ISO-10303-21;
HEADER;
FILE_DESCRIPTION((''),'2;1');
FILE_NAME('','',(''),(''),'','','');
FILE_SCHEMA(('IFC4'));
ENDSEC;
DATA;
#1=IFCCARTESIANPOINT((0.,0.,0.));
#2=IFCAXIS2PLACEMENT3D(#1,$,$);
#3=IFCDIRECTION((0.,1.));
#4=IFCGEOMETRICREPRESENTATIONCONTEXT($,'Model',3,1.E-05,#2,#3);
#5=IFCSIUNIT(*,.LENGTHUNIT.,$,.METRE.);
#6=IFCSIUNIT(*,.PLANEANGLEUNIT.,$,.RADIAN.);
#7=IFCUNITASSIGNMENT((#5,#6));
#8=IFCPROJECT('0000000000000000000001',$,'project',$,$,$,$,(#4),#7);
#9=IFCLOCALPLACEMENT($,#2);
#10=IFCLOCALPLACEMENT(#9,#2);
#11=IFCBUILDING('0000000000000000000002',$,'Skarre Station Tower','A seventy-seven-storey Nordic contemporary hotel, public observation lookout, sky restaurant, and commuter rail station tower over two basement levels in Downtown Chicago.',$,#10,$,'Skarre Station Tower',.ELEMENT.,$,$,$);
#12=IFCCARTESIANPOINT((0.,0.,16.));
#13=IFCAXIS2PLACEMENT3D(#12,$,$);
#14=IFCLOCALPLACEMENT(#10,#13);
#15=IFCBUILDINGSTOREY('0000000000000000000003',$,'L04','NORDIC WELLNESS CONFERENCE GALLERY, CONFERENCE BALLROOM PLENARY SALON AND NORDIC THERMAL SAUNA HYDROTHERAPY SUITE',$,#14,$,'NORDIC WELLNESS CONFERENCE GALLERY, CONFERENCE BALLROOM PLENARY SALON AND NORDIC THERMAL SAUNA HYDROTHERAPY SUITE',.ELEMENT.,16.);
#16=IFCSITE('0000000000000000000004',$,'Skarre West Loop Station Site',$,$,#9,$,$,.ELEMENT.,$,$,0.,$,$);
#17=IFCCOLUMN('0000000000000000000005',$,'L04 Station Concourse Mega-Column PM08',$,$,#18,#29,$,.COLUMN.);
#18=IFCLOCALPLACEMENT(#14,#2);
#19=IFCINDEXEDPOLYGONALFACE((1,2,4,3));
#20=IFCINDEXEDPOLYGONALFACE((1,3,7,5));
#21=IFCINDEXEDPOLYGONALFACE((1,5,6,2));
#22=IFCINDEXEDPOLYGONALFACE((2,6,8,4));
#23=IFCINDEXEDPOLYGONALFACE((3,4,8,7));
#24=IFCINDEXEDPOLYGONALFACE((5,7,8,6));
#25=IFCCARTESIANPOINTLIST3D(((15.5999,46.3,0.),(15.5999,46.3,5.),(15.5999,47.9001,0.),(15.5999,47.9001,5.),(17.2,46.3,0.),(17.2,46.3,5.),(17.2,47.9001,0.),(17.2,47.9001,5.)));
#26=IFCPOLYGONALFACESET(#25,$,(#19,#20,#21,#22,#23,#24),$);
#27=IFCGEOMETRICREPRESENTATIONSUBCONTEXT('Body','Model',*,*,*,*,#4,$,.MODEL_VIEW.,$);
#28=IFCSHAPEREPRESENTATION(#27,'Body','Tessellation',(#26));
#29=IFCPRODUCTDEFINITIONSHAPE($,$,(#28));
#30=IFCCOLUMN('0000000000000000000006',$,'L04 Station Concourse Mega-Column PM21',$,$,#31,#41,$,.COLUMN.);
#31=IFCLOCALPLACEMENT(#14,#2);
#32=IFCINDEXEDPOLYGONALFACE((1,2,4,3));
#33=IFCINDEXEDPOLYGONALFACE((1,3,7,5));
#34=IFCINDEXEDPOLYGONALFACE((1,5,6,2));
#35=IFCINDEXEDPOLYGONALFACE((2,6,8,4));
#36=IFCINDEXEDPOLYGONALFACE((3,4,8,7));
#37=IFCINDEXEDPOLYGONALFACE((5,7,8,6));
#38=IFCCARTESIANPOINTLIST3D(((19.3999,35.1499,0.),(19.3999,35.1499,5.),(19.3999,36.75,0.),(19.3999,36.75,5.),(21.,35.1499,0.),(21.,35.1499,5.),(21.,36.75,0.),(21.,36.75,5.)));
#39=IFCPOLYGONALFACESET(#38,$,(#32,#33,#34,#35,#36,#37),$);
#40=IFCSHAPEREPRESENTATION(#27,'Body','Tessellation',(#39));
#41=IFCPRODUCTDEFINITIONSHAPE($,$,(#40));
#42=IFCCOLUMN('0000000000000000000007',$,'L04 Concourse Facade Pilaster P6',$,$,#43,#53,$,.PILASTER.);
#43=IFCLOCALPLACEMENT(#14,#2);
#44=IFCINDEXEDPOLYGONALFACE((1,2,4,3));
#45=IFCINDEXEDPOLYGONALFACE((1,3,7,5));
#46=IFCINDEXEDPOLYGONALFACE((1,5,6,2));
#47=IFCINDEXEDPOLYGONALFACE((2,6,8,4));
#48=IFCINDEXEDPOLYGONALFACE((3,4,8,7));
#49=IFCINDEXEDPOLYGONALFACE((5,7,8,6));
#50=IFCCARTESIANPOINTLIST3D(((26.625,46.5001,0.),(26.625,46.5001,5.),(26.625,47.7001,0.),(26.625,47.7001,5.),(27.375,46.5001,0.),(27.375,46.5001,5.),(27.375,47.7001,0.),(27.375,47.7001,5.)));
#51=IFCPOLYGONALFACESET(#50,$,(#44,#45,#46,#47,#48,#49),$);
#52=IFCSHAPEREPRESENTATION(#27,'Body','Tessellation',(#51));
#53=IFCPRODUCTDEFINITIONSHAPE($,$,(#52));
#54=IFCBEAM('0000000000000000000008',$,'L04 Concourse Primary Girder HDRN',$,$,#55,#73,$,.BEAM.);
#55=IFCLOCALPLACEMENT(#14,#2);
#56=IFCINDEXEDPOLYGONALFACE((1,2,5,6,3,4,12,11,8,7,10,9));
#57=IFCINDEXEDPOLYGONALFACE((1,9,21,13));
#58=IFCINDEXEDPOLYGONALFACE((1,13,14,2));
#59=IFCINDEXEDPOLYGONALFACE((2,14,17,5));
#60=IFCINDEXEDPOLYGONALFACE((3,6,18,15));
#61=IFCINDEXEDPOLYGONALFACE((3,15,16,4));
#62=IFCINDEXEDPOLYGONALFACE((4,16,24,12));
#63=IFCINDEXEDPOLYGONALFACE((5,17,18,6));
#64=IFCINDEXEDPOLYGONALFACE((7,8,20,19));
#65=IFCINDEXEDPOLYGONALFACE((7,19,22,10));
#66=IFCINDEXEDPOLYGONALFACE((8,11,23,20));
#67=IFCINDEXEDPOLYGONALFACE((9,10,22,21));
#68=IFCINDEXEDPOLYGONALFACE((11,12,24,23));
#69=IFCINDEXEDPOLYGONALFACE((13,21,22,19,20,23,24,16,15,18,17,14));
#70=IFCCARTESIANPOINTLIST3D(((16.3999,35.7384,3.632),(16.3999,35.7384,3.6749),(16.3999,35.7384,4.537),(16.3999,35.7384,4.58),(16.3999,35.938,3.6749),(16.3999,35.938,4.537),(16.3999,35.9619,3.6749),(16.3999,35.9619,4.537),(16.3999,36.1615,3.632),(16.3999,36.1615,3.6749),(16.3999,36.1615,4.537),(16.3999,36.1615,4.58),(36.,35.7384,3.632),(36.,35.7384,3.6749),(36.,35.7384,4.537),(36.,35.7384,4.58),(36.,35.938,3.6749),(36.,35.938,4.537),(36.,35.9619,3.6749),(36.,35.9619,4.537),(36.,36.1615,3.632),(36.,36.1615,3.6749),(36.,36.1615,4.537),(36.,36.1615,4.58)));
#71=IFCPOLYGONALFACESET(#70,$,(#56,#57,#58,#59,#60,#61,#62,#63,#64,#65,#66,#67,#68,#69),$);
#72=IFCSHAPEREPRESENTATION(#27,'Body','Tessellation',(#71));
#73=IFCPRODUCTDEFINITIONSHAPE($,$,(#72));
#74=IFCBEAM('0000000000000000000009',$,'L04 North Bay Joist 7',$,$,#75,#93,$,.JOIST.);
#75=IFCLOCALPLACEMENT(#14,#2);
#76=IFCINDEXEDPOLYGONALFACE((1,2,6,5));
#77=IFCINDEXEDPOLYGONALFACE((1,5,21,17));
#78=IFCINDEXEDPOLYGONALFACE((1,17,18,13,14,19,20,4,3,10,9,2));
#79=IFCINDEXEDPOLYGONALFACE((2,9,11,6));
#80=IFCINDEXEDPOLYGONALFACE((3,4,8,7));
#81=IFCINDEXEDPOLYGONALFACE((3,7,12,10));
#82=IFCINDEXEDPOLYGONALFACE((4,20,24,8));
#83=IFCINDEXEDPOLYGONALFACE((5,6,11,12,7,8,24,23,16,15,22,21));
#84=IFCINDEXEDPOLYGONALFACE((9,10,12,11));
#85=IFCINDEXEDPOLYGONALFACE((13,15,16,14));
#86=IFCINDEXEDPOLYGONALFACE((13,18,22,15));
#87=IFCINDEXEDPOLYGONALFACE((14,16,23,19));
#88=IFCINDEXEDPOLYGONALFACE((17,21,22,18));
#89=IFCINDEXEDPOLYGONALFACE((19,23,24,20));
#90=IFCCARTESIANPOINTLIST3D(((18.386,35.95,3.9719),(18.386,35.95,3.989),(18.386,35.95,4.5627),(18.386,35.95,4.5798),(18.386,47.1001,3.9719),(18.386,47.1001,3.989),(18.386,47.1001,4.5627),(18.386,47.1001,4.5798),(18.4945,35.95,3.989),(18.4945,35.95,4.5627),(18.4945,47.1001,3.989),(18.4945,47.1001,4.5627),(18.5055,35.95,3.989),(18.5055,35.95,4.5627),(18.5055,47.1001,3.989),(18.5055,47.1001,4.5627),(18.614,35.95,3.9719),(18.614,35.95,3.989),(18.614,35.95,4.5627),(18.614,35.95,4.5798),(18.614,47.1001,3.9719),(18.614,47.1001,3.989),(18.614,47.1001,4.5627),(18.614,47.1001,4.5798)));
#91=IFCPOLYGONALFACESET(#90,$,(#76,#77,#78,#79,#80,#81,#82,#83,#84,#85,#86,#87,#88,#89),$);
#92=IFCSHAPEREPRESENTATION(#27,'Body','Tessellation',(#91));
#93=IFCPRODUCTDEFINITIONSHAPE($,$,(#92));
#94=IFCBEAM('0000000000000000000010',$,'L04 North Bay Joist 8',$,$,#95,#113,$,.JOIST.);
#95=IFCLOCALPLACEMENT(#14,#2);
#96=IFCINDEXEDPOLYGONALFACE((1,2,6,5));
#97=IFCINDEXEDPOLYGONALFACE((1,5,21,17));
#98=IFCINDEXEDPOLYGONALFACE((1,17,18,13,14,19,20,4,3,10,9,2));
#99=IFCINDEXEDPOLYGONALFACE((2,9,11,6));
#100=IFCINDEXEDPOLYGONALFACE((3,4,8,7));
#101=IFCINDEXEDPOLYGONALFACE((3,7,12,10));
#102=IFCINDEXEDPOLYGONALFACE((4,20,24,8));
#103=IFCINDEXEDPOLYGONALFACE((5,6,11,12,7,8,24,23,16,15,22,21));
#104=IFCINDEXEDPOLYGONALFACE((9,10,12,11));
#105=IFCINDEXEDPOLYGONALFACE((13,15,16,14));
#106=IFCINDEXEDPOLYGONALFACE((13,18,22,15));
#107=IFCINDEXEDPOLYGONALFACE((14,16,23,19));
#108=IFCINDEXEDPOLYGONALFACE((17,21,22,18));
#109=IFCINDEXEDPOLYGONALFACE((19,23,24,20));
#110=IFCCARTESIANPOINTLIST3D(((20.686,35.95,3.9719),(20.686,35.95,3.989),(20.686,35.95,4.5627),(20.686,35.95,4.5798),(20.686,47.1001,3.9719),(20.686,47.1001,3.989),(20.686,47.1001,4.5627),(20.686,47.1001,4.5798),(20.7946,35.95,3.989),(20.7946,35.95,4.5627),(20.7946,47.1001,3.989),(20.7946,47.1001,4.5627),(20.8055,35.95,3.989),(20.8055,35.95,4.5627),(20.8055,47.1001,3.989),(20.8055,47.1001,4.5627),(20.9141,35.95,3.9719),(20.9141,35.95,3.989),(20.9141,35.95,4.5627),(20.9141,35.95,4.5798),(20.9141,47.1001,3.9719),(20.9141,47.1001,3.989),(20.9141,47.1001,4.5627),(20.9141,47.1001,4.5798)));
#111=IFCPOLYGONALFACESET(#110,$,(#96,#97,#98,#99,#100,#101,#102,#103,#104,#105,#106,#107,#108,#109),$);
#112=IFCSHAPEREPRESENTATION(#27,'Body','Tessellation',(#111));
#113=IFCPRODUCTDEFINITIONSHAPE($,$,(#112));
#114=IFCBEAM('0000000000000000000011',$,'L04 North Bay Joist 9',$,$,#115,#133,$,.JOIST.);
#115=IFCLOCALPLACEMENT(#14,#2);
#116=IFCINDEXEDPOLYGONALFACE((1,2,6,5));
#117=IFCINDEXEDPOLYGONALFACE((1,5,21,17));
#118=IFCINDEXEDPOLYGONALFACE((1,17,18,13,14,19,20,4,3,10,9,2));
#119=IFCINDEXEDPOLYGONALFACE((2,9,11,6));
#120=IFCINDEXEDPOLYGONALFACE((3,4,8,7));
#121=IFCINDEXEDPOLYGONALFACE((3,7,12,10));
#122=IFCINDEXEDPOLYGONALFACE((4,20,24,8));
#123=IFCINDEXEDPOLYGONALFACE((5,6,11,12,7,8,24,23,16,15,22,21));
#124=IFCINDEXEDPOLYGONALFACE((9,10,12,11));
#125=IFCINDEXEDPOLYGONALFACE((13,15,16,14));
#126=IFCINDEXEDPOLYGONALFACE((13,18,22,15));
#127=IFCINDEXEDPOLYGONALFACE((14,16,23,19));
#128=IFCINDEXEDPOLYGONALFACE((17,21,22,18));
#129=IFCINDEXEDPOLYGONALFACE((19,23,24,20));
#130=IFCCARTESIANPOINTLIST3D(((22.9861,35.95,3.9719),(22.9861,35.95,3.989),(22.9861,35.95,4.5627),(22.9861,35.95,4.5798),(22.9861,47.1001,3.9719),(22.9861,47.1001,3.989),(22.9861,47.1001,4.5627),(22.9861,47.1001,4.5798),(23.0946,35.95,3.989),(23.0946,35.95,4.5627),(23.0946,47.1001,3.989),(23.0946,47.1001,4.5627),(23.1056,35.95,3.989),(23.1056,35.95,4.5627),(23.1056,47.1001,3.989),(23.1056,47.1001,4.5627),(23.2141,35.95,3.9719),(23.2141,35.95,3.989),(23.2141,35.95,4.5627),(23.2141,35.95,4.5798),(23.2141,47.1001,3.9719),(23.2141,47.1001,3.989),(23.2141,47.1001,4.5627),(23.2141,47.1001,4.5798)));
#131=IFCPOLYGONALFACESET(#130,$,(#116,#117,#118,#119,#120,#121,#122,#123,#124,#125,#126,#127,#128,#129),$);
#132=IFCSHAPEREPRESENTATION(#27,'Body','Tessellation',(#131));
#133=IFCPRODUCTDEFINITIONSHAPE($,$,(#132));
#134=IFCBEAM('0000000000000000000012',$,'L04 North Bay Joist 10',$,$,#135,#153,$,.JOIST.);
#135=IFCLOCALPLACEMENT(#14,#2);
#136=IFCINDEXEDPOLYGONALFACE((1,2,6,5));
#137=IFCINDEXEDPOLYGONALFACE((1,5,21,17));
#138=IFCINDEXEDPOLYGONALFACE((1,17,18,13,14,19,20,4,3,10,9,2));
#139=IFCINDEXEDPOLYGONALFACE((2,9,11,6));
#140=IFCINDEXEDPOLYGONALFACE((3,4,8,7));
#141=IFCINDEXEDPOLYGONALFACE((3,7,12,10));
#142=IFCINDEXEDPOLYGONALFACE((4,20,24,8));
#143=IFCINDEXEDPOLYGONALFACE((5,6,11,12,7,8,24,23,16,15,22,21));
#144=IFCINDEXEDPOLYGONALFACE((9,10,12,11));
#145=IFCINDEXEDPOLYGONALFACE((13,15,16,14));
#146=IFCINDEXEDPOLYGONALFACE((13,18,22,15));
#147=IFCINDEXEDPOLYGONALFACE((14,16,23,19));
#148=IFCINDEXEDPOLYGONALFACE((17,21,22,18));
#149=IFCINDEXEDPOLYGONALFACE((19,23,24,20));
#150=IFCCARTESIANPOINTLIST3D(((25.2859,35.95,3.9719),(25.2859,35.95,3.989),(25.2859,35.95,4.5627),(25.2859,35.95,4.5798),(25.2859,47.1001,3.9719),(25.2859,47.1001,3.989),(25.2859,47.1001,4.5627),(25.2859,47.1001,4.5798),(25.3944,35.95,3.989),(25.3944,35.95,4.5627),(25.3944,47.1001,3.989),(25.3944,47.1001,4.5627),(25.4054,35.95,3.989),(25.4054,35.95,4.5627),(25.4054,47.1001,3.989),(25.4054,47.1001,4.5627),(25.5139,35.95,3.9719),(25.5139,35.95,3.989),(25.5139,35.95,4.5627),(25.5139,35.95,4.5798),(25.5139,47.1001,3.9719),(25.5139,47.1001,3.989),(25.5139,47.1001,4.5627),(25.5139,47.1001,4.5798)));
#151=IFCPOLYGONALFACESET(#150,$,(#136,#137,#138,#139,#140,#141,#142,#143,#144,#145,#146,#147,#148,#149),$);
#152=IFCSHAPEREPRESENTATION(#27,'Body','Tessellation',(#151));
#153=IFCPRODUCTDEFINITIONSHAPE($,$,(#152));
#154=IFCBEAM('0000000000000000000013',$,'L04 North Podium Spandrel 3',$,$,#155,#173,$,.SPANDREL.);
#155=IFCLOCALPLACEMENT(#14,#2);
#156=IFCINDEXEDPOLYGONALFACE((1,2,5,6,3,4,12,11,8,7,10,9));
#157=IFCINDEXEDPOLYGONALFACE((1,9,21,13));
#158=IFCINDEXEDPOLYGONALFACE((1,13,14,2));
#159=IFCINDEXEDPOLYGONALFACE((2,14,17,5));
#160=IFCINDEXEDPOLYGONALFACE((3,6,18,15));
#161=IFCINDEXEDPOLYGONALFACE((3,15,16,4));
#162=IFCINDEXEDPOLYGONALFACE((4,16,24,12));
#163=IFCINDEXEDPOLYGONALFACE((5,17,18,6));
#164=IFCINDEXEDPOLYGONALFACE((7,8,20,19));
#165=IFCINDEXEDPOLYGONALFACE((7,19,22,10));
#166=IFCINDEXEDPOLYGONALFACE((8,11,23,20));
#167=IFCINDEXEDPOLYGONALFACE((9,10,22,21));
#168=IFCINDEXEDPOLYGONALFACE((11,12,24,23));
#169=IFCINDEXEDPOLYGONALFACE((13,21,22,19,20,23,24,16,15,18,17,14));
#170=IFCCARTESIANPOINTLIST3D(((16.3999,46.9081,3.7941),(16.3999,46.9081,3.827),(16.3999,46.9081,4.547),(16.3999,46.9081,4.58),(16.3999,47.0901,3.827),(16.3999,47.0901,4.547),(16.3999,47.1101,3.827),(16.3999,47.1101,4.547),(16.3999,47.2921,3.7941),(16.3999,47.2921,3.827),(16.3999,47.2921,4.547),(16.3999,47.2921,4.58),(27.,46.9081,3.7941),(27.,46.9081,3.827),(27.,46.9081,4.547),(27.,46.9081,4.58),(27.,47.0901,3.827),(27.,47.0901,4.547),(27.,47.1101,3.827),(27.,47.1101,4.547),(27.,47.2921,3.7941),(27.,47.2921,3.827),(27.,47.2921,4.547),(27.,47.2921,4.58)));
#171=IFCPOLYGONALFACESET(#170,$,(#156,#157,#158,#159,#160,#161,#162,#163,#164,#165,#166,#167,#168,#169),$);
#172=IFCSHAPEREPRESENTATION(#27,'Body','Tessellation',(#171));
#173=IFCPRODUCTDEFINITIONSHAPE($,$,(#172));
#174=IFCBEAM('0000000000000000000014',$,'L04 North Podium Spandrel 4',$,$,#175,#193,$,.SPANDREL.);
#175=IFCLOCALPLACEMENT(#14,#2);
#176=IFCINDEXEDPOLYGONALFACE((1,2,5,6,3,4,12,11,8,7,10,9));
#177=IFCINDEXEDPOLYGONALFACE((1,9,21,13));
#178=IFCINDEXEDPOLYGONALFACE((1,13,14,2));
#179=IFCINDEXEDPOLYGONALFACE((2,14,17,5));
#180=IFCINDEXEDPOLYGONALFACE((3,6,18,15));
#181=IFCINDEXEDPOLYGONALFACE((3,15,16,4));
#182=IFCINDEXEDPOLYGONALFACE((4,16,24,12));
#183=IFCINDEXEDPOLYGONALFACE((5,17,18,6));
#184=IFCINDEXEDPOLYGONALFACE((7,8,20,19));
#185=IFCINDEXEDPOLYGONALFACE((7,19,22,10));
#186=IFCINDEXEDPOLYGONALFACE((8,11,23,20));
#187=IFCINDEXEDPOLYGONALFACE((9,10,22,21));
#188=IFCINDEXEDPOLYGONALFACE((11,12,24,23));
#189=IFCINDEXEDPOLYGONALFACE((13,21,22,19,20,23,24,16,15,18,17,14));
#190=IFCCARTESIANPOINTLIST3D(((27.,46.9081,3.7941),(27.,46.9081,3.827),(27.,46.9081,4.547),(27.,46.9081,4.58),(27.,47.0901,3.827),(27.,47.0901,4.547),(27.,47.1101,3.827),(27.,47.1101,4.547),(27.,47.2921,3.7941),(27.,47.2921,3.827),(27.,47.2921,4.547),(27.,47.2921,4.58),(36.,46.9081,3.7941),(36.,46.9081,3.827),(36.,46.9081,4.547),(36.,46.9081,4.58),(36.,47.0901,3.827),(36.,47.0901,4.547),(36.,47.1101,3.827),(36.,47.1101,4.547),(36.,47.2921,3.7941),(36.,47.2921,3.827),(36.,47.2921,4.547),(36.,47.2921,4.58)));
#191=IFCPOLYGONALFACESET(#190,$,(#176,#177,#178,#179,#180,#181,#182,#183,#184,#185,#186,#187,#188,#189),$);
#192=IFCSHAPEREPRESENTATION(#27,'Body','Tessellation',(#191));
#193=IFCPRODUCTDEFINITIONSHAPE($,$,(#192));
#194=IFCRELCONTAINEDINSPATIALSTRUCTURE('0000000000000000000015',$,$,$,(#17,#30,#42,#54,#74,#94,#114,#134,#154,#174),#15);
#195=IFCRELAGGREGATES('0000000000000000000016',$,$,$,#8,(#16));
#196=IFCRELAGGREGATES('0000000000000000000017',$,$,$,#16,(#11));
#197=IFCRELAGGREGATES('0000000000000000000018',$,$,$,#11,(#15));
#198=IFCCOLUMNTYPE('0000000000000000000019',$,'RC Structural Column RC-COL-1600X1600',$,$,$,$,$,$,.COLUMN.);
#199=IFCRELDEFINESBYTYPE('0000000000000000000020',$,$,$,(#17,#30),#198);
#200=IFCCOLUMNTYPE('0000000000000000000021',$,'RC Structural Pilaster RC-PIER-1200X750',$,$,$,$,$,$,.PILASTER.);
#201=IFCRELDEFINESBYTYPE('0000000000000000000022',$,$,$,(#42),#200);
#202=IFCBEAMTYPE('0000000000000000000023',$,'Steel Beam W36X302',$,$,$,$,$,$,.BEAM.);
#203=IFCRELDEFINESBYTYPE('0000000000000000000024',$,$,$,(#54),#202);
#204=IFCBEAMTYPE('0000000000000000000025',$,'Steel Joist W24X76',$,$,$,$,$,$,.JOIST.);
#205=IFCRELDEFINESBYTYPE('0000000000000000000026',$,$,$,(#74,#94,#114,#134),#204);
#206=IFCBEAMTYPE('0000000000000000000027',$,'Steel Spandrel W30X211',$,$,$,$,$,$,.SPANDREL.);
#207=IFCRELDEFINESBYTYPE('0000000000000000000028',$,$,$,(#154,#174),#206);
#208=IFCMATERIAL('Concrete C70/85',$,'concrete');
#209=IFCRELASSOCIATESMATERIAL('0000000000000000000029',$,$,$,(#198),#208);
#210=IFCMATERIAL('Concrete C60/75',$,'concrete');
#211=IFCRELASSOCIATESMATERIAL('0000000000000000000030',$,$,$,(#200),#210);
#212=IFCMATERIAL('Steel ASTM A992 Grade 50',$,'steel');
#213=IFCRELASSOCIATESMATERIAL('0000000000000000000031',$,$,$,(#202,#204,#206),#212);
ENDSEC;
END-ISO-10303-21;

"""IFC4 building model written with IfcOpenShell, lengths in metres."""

from ifc_helpers import new_model, si_unit, direction, frame, origin, origin_2d, place, context, subcontext, project, spatial, rectangle, i_section, extrude, material, material_profile, profile_set, type_object, element, save


model = new_model("IFC4")

# Units and contexts
model_context = context("Model", 3, precision=1e-05, world=origin(), true_north=direction((0.0, 1.0)))
body_context = subcontext(model_context, "Body", "Model", "MODEL_VIEW")
ifc_project = project(units=[si_unit("LENGTHUNIT", "METRE"), si_unit("PLANEANGLEUNIT", "RADIAN")], contexts=[model_context])

# Site, building, storey
site_placement = place(None, origin())
site = spatial("IfcSite", under=ifc_project, at=site_placement, Name="Skarre West Loop Station Site", CompositionType="ELEMENT", RefElevation=0.0)
building_placement = place(site_placement, origin())
building = spatial("IfcBuilding", under=site, at=building_placement, Name="Skarre Station Tower", Description="A seventy-seven-storey Nordic contemporary hotel, public observation lookout, sky restaurant, and commuter rail station tower over two basement levels in Downtown Chicago.", LongName="Skarre Station Tower", CompositionType="ELEMENT")
storey_placement = place(building_placement, frame((0.0, 0.0, 16.0)))
storey = spatial("IfcBuildingStorey", under=building, at=storey_placement, Name="L04", Description="NORDIC WELLNESS CONFERENCE GALLERY, CONFERENCE BALLROOM PLENARY SALON AND NORDIC THERMAL SAUNA HYDROTHERAPY SUITE", LongName="NORDIC WELLNESS CONFERENCE GALLERY, CONFERENCE BALLROOM PLENARY SALON AND NORDIC THERMAL SAUNA HYDROTHERAPY SUITE", CompositionType="ELEMENT", Elevation=16.0)

# Columns
ifc_material_1 = material(Name="Concrete C70/85", Category="concrete")
ifc_material_profile_1 = material_profile(ifc_material_1, rectangle(XDim=1.6001, YDim=1.6001, at=origin_2d()), Name="Concrete C70/85")
ifc_profile_set_1 = profile_set([ifc_material_profile_1], Name="Concrete C70/85")
column_type_1 = type_object("IfcColumnType", Name="RC Structural Column RC-COL-1600X1600", PredefinedType="COLUMN", material=ifc_profile_set_1)
for number, where, z_axis, x_axis, name in (
    (1, (16.3999, 47.1001, 0.0), (0.0, 0.0, 1.0), (1.0, 0.0, 0.0), "L04 Station Concourse Mega-Column PM08"),
    (2, (20.2, 35.95, 0.0), (0.0, 0.0, 1.0), (1.0, 0.0, 0.0), "L04 Station Concourse Mega-Column PM21"),
):
    element("IfcColumn", number, at=place(storey_placement, frame(where, z_axis=z_axis, x_axis=x_axis)), inside=storey, type_object=column_type_1, Name=name, PredefinedType="COLUMN", context=body_context, shape_type="SweptSolid", body=[
        extrude(rectangle(XDim=1.6001, YDim=1.6001, at=origin_2d()), origin(), (0.0, 0.0, 1.0), 5.0),
    ])
ifc_material_2 = material(Name="Concrete C60/75", Category="concrete")
ifc_material_profile_2 = material_profile(ifc_material_2, rectangle(XDim=0.75, YDim=1.2, at=origin_2d()), Name="Concrete C60/75")
ifc_profile_set_2 = profile_set([ifc_material_profile_2], Name="Concrete C60/75")
column_type_2 = type_object("IfcColumnType", Name="RC Structural Pilaster RC-PIER-1200X750", PredefinedType="PILASTER", material=ifc_profile_set_2)
column_placement = place(storey_placement, frame((27.0, 47.1001, 0.0), z_axis=(0.0, 0.0, 1.0), x_axis=(1.0, 0.0, 0.0)))
element("IfcColumn", 3, at=column_placement, inside=storey, type_object=column_type_2, Name="L04 Concourse Facade Pilaster P6", PredefinedType="PILASTER", context=body_context, shape_type="SweptSolid", body=[
    extrude(rectangle(XDim=0.75, YDim=1.2, at=origin_2d()), origin(), (0.0, 0.0, 1.0), 5.0),
])

# Beams
ifc_material_3 = material(Name="Steel ASTM A992 Grade 50", Category="steel")
ifc_material_profile_3 = material_profile(ifc_material_3, i_section(OverallWidth=0.4231, OverallDepth=0.948, WebThickness=0.0239, FlangeThickness=0.043, at=origin_2d()), Name="Steel ASTM A992 Grade 50")
ifc_profile_set_3 = profile_set([ifc_material_profile_3], Name="Steel ASTM A992 Grade 50")
beam_type_1 = type_object("IfcBeamType", Name="Steel Beam W36X302", PredefinedType="BEAM", material=ifc_profile_set_3)
beam_1_placement = place(storey_placement, frame((16.3999, 35.95, 4.106), z_axis=(1.0, 0.0, 0.0), x_axis=(0.0, 1.0, 0.0)))
element("IfcBeam", 4, at=beam_1_placement, inside=storey, type_object=beam_type_1, Name="L04 Concourse Primary Girder HDRN", PredefinedType="BEAM", context=body_context, shape_type="SweptSolid", body=[
    extrude(i_section(OverallWidth=0.4231, OverallDepth=0.948, WebThickness=0.0239, FlangeThickness=0.043, at=origin_2d()), origin(), (0.0, 0.0, 1.0), 19.6001),
])
ifc_material_profile_4 = material_profile(ifc_material_3, i_section(OverallWidth=0.228, OverallDepth=0.6079, WebThickness=0.011, FlangeThickness=0.0171, at=origin_2d()), Name="Steel ASTM A992 Grade 50")
ifc_profile_set_4 = profile_set([ifc_material_profile_4], Name="Steel ASTM A992 Grade 50")
beam_type_2 = type_object("IfcBeamType", Name="Steel Joist W24X76", PredefinedType="JOIST", material=ifc_profile_set_4)
for number, where, z_axis, x_axis, name in (
    (5, (18.5, 35.95, 4.2759), (0.0, 1.0, 0.0), (-1.0, 0.0, 0.0), "L04 North Bay Joist 7"),
    (6, (20.8, 35.95, 4.2759), (0.0, 1.0, 0.0), (-1.0, 0.0, 0.0), "L04 North Bay Joist 8"),
    (7, (23.1001, 35.95, 4.2759), (0.0, 1.0, 0.0), (-1.0, 0.0, 0.0), "L04 North Bay Joist 9"),
    (8, (25.3999, 35.95, 4.2759), (0.0, 1.0, 0.0), (-1.0, 0.0, 0.0), "L04 North Bay Joist 10"),
):
    element("IfcBeam", number, at=place(storey_placement, frame(where, z_axis=z_axis, x_axis=x_axis)), inside=storey, type_object=beam_type_2, Name=name, PredefinedType="JOIST", context=body_context, shape_type="SweptSolid", body=[
        extrude(i_section(OverallWidth=0.228, OverallDepth=0.6079, WebThickness=0.011, FlangeThickness=0.0171, at=origin_2d()), origin(), (0.0, 0.0, 1.0), 11.1501),
    ])
ifc_material_profile_5 = material_profile(ifc_material_3, i_section(OverallWidth=0.384, OverallDepth=0.7859, WebThickness=0.02, FlangeThickness=0.033, at=origin_2d()), Name="Steel ASTM A992 Grade 50")
ifc_profile_set_5 = profile_set([ifc_material_profile_5], Name="Steel ASTM A992 Grade 50")
beam_type_3 = type_object("IfcBeamType", Name="Steel Spandrel W30X211", PredefinedType="SPANDREL", material=ifc_profile_set_5)
beam_2_placement = place(storey_placement, frame((16.3999, 47.1001, 4.187), z_axis=(1.0, 0.0, 0.0), x_axis=(0.0, 1.0, 0.0)))
element("IfcBeam", 9, at=beam_2_placement, inside=storey, type_object=beam_type_3, Name="L04 North Podium Spandrel 3", PredefinedType="SPANDREL", context=body_context, shape_type="SweptSolid", body=[
    extrude(i_section(OverallWidth=0.384, OverallDepth=0.7859, WebThickness=0.02, FlangeThickness=0.033, at=origin_2d()), origin(), (0.0, 0.0, 1.0), 10.6001),
])
beam_3_placement = place(storey_placement, frame((27.0, 47.1001, 4.187), z_axis=(1.0, 0.0, 0.0), x_axis=(0.0, 1.0, 0.0)))
element("IfcBeam", 10, at=beam_3_placement, inside=storey, type_object=beam_type_3, Name="L04 North Podium Spandrel 4", PredefinedType="SPANDREL", context=body_context, shape_type="SweptSolid", body=[
    extrude(i_section(OverallWidth=0.384, OverallDepth=0.7859, WebThickness=0.02, FlangeThickness=0.033, at=origin_2d()), origin(), (0.0, 0.0, 1.0), 9.0),
])

save(model, "model.ifc")
